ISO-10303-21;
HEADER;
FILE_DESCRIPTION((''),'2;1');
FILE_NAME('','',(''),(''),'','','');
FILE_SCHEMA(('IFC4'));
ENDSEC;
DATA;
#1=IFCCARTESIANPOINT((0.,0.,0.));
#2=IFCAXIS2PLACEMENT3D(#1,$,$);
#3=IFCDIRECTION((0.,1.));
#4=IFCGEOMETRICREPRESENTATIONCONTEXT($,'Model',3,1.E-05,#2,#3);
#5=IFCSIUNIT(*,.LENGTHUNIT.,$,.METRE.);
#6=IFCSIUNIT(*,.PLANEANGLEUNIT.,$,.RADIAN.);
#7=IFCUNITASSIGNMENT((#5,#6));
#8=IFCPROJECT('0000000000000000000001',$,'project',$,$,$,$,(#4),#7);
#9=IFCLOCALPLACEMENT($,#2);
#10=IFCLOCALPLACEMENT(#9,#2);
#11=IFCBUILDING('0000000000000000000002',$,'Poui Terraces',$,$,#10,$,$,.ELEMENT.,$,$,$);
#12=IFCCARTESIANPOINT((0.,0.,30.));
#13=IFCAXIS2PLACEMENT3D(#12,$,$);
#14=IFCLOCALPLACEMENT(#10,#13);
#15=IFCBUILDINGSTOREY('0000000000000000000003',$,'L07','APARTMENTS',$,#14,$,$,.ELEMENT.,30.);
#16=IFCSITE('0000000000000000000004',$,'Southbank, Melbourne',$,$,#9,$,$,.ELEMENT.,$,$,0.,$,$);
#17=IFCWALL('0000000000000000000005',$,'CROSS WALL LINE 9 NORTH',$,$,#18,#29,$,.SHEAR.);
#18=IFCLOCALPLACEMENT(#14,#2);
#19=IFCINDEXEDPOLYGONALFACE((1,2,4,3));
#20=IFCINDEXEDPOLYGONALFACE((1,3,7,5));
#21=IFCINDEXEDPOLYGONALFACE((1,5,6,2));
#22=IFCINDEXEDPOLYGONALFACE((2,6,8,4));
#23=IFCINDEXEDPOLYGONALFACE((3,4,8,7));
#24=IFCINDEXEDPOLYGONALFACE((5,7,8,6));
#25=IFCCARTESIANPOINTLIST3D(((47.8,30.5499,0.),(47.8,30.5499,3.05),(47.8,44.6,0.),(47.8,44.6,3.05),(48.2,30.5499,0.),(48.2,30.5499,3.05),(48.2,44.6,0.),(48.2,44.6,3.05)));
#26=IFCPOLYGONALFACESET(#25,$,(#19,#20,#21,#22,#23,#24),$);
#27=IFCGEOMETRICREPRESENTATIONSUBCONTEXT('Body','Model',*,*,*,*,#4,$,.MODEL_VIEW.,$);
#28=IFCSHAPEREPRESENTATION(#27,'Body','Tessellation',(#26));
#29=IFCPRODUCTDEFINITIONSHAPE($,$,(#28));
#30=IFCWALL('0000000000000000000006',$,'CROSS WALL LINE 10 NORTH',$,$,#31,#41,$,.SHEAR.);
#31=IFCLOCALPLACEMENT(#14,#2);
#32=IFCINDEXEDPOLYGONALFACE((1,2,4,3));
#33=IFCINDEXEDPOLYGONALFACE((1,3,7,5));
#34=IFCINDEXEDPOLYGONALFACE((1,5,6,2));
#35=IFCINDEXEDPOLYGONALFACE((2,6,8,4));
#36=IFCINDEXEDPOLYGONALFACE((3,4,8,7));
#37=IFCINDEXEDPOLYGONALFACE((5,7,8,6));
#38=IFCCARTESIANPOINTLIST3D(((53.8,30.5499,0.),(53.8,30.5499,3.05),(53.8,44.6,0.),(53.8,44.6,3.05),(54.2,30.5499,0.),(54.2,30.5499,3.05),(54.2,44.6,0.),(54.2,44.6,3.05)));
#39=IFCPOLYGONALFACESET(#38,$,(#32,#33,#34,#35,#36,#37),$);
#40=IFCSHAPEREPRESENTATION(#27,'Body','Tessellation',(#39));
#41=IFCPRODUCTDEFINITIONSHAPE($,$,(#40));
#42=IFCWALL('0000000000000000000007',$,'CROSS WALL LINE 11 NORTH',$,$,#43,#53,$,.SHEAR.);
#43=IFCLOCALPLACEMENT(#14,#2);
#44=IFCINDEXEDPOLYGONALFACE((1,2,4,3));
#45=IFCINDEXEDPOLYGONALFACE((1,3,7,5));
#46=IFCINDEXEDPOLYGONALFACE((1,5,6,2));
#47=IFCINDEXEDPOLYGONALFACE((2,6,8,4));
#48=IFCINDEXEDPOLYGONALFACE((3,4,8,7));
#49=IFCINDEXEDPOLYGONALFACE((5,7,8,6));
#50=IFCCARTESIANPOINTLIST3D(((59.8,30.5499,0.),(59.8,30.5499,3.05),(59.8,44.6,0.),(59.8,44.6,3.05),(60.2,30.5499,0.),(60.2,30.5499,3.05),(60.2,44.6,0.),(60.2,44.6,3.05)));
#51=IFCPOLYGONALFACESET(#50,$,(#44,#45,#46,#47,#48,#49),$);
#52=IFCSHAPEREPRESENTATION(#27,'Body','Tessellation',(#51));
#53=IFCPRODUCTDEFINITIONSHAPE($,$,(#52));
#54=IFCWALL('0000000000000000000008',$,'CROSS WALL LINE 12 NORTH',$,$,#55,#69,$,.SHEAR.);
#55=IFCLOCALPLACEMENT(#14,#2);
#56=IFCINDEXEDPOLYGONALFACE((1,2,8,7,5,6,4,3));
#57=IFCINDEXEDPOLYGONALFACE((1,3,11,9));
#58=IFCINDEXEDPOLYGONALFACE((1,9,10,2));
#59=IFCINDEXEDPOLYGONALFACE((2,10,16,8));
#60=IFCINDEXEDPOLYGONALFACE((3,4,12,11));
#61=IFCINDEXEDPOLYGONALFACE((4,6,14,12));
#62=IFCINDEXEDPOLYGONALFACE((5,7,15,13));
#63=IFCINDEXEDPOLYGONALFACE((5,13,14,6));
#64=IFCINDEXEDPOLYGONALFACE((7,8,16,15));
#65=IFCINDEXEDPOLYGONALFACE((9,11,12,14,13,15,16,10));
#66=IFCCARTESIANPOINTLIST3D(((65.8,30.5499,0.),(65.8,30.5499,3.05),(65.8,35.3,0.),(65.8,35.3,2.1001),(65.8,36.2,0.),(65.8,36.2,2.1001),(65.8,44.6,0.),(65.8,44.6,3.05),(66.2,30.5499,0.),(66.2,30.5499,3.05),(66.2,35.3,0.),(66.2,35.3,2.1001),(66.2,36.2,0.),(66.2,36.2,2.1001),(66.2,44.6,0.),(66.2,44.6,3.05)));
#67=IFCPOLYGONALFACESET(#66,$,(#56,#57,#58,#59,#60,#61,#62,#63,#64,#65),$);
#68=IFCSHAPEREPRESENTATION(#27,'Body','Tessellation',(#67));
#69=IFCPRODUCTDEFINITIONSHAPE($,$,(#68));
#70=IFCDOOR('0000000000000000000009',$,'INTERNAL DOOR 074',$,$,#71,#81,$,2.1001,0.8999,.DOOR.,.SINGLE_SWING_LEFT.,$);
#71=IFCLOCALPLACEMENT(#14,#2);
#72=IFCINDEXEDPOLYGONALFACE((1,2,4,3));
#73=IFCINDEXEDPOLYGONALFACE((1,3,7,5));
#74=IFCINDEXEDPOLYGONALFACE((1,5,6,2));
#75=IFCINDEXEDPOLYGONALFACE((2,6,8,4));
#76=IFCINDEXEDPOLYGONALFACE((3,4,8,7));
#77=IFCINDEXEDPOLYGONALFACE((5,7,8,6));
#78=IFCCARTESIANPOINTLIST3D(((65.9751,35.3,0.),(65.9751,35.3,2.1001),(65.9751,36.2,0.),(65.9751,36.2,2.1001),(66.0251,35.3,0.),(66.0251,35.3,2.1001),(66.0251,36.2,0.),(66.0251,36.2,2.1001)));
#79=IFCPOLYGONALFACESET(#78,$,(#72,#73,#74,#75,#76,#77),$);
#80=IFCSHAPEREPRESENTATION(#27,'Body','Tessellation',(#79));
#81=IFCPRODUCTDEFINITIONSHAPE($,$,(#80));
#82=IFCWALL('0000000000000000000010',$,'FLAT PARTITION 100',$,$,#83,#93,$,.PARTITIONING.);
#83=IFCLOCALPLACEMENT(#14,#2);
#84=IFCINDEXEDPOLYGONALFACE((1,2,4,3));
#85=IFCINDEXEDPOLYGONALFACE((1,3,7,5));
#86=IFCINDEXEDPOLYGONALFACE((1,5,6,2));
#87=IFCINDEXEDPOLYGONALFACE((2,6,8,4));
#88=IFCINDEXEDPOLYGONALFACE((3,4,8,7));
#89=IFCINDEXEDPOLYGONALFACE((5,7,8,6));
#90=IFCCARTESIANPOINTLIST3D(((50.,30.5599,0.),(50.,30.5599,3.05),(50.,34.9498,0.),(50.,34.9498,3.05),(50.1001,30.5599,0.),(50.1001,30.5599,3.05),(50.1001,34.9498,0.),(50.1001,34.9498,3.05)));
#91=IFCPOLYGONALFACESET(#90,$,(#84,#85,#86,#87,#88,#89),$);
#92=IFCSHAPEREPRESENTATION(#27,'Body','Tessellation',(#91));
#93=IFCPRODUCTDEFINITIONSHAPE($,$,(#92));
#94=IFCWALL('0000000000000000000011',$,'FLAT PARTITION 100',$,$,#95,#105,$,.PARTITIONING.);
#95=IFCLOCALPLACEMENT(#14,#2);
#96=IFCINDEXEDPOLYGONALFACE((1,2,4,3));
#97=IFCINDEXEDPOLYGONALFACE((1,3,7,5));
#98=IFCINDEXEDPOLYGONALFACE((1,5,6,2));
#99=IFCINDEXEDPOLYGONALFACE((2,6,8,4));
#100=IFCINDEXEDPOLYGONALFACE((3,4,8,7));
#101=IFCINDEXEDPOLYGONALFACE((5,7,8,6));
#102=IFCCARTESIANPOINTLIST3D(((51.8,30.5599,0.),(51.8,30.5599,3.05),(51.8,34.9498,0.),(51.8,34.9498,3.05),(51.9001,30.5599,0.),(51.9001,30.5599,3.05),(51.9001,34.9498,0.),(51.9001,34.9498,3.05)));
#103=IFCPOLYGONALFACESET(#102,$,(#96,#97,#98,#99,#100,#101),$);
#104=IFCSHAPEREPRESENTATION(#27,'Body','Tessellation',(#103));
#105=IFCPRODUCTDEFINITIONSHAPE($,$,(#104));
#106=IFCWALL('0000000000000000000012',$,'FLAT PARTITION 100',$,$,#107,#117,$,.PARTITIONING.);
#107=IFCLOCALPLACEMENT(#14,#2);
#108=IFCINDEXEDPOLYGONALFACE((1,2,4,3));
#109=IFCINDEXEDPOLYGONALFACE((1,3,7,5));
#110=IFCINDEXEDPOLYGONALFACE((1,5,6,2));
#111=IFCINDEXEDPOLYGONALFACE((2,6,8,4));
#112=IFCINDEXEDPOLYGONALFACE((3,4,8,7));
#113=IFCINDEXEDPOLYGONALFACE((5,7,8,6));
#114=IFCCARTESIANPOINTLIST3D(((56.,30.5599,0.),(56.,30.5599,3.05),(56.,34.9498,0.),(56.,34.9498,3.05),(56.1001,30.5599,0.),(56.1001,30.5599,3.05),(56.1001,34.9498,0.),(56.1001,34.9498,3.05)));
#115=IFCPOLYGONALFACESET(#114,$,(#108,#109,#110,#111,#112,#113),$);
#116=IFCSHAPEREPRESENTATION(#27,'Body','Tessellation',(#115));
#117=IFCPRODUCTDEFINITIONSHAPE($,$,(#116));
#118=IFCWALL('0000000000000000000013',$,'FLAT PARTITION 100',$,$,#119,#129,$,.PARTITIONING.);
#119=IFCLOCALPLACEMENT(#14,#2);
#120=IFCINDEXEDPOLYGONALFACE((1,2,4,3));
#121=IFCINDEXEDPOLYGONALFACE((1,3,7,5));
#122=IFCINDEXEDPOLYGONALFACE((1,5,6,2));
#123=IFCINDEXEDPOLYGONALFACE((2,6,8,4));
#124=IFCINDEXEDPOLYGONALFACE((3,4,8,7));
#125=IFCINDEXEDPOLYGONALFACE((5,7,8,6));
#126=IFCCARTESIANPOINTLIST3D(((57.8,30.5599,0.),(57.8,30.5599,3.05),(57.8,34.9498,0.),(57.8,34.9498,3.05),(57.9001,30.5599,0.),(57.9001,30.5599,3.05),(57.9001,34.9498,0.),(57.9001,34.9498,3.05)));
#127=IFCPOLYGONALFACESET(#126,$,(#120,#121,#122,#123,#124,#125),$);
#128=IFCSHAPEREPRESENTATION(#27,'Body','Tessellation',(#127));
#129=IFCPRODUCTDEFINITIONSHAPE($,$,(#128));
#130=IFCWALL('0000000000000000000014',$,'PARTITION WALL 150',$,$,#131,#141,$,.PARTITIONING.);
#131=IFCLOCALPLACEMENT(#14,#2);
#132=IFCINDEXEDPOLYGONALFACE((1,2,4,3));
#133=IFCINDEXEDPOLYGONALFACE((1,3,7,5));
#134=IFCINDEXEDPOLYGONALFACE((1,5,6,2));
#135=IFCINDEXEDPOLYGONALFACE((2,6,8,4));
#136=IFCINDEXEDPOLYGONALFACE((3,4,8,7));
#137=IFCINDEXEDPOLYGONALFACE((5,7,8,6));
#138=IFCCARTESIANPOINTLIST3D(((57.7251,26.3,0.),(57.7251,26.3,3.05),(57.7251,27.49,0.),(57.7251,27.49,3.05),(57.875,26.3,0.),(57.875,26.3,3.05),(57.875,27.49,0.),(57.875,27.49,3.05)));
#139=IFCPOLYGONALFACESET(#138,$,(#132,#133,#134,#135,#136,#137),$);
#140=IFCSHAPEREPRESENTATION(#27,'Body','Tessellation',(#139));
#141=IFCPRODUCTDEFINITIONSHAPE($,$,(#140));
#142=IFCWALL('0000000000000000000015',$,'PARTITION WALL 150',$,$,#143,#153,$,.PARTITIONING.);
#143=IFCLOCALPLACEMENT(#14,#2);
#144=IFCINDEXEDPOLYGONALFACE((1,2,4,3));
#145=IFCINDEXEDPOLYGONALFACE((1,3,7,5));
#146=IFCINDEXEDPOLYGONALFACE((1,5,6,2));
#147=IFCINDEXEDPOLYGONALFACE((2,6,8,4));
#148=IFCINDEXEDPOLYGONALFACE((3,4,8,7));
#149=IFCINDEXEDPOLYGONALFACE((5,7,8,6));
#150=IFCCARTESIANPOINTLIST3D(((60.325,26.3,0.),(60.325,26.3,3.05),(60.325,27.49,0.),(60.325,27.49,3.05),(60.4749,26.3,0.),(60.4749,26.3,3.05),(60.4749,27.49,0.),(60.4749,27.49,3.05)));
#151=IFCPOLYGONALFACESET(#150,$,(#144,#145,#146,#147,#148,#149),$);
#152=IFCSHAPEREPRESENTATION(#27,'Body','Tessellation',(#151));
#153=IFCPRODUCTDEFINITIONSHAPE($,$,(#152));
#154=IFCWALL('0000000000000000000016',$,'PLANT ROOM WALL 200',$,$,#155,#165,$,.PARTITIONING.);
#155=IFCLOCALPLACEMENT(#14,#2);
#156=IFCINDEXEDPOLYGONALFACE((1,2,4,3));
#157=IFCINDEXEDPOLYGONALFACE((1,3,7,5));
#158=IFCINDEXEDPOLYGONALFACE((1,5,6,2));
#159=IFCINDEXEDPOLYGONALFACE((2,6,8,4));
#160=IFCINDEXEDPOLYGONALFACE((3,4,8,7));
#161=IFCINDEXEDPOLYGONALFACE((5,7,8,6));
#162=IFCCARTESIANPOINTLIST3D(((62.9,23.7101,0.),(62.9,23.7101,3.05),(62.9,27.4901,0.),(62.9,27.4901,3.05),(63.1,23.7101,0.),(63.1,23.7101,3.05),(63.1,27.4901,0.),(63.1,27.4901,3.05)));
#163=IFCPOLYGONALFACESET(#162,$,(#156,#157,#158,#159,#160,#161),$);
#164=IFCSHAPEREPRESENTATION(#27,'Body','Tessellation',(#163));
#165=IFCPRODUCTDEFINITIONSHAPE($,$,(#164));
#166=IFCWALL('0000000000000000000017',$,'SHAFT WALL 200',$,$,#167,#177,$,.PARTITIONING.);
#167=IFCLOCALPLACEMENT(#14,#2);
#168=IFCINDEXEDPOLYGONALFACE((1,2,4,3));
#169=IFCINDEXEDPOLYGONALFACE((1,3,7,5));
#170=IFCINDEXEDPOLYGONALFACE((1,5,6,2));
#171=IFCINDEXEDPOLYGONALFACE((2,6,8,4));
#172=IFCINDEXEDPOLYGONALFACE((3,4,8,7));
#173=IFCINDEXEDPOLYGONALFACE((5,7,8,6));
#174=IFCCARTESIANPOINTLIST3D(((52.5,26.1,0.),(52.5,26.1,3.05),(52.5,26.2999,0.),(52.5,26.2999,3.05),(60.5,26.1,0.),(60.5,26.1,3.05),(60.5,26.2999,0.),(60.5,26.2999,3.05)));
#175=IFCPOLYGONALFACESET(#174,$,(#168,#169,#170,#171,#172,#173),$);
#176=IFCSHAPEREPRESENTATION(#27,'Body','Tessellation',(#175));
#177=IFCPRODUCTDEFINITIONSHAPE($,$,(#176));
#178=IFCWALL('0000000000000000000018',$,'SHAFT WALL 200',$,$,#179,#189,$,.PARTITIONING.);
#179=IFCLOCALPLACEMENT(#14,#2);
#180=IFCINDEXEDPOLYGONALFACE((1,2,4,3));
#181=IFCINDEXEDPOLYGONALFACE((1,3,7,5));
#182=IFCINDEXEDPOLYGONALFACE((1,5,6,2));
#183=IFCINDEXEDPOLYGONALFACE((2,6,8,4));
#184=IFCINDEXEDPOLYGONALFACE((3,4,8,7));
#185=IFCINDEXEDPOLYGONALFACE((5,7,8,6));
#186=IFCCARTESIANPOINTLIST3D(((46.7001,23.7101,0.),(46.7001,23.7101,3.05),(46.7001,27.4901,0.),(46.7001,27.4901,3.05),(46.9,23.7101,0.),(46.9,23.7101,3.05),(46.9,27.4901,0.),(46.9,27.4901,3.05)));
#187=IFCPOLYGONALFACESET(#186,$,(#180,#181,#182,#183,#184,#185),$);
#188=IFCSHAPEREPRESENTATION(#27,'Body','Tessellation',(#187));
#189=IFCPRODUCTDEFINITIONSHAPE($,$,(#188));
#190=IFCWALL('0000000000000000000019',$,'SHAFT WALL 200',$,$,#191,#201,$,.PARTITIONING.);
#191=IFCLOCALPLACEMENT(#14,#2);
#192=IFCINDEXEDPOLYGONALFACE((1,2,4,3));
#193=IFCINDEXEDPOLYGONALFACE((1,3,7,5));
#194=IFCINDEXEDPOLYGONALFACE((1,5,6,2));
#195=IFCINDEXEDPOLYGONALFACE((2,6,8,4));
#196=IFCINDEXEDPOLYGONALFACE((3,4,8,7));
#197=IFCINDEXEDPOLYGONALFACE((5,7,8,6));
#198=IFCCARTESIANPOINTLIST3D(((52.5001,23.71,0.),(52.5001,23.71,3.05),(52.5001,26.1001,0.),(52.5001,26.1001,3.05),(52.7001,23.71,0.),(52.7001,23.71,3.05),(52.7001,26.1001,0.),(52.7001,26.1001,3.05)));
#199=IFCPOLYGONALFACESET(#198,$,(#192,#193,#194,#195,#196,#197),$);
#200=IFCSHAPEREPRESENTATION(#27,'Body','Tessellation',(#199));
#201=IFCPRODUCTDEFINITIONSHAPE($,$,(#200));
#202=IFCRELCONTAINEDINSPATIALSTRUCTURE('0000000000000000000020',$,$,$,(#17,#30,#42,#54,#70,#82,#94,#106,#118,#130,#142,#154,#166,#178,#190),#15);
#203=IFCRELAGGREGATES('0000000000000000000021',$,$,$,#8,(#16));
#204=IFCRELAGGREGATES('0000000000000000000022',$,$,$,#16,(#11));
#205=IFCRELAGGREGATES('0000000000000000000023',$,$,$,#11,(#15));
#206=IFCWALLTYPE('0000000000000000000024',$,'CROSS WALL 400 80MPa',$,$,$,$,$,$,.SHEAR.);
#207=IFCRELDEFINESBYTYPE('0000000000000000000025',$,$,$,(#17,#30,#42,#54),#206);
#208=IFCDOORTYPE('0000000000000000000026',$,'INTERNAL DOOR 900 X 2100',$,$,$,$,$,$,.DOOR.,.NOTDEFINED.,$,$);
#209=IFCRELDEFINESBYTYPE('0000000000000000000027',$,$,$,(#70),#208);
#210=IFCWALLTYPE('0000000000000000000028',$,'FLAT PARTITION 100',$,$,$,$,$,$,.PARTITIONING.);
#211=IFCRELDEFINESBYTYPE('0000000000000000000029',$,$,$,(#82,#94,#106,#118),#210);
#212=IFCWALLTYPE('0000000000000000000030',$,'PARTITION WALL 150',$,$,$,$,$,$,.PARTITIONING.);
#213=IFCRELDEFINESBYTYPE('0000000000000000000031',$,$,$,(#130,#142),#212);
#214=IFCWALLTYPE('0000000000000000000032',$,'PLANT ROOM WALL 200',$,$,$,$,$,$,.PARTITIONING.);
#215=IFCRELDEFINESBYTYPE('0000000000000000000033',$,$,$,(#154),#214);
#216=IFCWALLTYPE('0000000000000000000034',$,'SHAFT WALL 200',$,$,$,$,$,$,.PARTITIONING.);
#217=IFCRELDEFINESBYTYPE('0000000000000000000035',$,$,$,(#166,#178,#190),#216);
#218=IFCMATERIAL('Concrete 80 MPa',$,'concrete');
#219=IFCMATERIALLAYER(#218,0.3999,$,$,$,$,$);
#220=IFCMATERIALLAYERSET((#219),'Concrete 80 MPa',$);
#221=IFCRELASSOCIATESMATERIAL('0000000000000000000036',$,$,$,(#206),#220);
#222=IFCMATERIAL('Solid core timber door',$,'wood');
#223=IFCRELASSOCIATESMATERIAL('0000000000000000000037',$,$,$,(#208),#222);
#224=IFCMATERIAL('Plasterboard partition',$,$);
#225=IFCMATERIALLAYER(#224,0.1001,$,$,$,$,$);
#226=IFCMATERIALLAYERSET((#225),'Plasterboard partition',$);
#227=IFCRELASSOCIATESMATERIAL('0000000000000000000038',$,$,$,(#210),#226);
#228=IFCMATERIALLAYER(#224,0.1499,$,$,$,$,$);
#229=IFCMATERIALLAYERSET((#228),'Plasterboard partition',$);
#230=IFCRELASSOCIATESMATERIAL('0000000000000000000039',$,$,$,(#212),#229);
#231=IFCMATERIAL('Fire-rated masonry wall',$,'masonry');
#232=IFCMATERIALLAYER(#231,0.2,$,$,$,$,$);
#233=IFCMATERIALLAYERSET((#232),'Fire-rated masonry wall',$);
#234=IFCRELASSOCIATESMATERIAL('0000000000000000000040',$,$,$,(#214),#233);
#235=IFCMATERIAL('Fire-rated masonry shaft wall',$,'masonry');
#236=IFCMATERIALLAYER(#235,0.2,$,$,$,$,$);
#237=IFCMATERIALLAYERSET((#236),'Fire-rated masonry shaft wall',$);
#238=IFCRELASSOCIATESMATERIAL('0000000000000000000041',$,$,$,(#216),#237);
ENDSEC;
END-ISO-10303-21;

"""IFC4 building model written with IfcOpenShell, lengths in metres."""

from ifc_helpers import new_model, si_unit, direction, frame, frame_2d, origin, place, context, subcontext, project, spatial, rectangle, extrude, material, layer, layer_set, type_object, element, fill, save


model = new_model("IFC4")

# Units and contexts
model_context = context("Model", 3, precision=1e-05, world=origin(), true_north=direction((0.0, 1.0)))
body_context = subcontext(model_context, "Body", "Model", "MODEL_VIEW")
ifc_project = project(units=[si_unit("LENGTHUNIT", "METRE"), si_unit("PLANEANGLEUNIT", "RADIAN")], contexts=[model_context])

# Site, building, storey
site_placement = place(None, origin())
site = spatial("IfcSite", under=ifc_project, at=site_placement, Name="Southbank, Melbourne", CompositionType="ELEMENT", RefElevation=0.0)
building_placement = place(site_placement, origin())
building = spatial("IfcBuilding", under=site, at=building_placement, Name="Poui Terraces", CompositionType="ELEMENT")
storey_placement = place(building_placement, frame((0.0, 0.0, 30.0)))
storey = spatial("IfcBuildingStorey", under=building, at=storey_placement, Name="L07", Description="APARTMENTS", CompositionType="ELEMENT", Elevation=30.0)

# Shared definitions
ifc_material_1 = material(Name="Concrete 80 MPa", Category="concrete")

# Walls
ifc_layer_1 = layer(ifc_material_1, 0.3999)
ifc_layer_set_1 = layer_set([ifc_layer_1], Name="Concrete 80 MPa")
wall_type_1 = type_object("IfcWallType", Name="CROSS WALL 400 80MPa", PredefinedType="SHEAR", material=ifc_layer_set_1)
for number, where, z_axis, x_axis, name in (
    (1, (48.0, 30.55, 0.0), (0.0, 0.0, 1.0), (0.0, 1.0, 0.0), "CROSS WALL LINE 9 NORTH"),
    (2, (54.0, 30.55, 0.0), (0.0, 0.0, 1.0), (0.0, 1.0, 0.0), "CROSS WALL LINE 10 NORTH"),
    (3, (60.0, 30.55, 0.0), (0.0, 0.0, 1.0), (0.0, 1.0, 0.0), "CROSS WALL LINE 11 NORTH"),
):
    element("IfcWall", number, at=place(storey_placement, frame(where, z_axis=z_axis, x_axis=x_axis)), inside=storey, type_object=wall_type_1, Name=name, PredefinedType="SHEAR", context=body_context, shape_type="SweptSolid", body=[
        extrude(rectangle(XDim=14.05, YDim=0.3999, at=frame_2d((7.0249, 0.0))), origin(), (0.0, 0.0, 1.0), 3.05),
    ])

# Wall, opening, door
wall_1_placement = place(storey_placement, frame((66.0, 30.55, 0.0), z_axis=(0.0, 0.0, 1.0), x_axis=(0.0, 1.0, 0.0)))
wall_1 = element("IfcWall", 4, at=wall_1_placement, inside=storey, type_object=wall_type_1, Name="CROSS WALL LINE 12 NORTH", PredefinedType="SHEAR", context=body_context, shape_type="SweptSolid", body=[
    extrude(rectangle(XDim=14.05, YDim=0.3999, at=frame_2d((7.0249, 0.0))), origin(), (0.0, 0.0, 1.0), 3.05),
])
opening_1_placement = place(wall_1_placement, frame((4.75, 0.0, 0.0)))
opening_1 = element("IfcOpeningElement", 5, at=opening_1_placement, cuts=wall_1, PredefinedType="OPENING", context=body_context, shape_type="SweptSolid", body=[
    extrude(rectangle(XDim=0.8999, YDim=2.1001, at=frame_2d((0.45, 1.05))), frame((0.0, 0.21, 0.0), z_axis=(0.0, -1.0, 0.0), x_axis=(1.0, 0.0, 0.0)), (0.0, 0.0, 1.0), 0.4199),
])
ifc_material_2 = material(Name="Solid core timber door", Category="wood")
door_type_1 = type_object("IfcDoorType", Name="INTERNAL DOOR 900 X 2100", OperationType="NOTDEFINED", PredefinedType="DOOR", material=ifc_material_2)
door_1_placement = place(opening_1_placement, origin())
door_1 = element("IfcDoor", 6, at=door_1_placement, inside=storey, type_object=door_type_1, Name="INTERNAL DOOR 074", OperationType="SINGLE_SWING_LEFT", OverallHeight=2.1001, OverallWidth=0.8999, PredefinedType="DOOR", context=body_context, shape_type="SweptSolid", body=[
    extrude(rectangle(XDim=0.8999, YDim=2.1001, at=frame_2d((0.45, 1.05))), frame((0.0, 0.0249, 0.0), z_axis=(0.0, -1.0, 0.0), x_axis=(1.0, 0.0, 0.0)), (0.0, 0.0, 1.0), 0.05),
])
fill(opening_1, door_1)

# Walls
ifc_material_3 = material(Name="Plasterboard partition")
ifc_layer_2 = layer(ifc_material_3, 0.1001)
ifc_layer_set_2 = layer_set([ifc_layer_2], Name="Plasterboard partition")
wall_type_2 = type_object("IfcWallType", Name="FLAT PARTITION 100", PredefinedType="PARTITIONING", material=ifc_layer_set_2)
for number, where, z_axis, x_axis, name in (
    (7, (50.05, 30.5601, 0.0), (0.0, 0.0, 1.0), (0.0, 1.0, 0.0), "FLAT PARTITION 100"),
    (8, (51.8501, 30.5601, 0.0), (0.0, 0.0, 1.0), (0.0, 1.0, 0.0), "FLAT PARTITION 100"),
    (9, (56.05, 30.5601, 0.0), (0.0, 0.0, 1.0), (0.0, 1.0, 0.0), "FLAT PARTITION 100"),
    (10, (57.8501, 30.5601, 0.0), (0.0, 0.0, 1.0), (0.0, 1.0, 0.0), "FLAT PARTITION 100"),
):
    element("IfcWall", number, at=place(storey_placement, frame(where, z_axis=z_axis, x_axis=x_axis)), inside=storey, type_object=wall_type_2, Name=name, PredefinedType="PARTITIONING", context=body_context, shape_type="SweptSolid", body=[
        extrude(rectangle(XDim=4.3899, YDim=0.1001, at=frame_2d((2.1948, 0.0))), origin(), (0.0, 0.0, 1.0), 3.05),
    ])
ifc_layer_3 = layer(ifc_material_3, 0.1499)
ifc_layer_set_3 = layer_set([ifc_layer_3], Name="Plasterboard partition")
wall_type_3 = type_object("IfcWallType", Name="PARTITION WALL 150", PredefinedType="PARTITIONING", material=ifc_layer_set_3)
for number, where, z_axis, x_axis, name in (
    (11, (57.8, 26.3, 0.0), (0.0, 0.0, 1.0), (0.0, 1.0, 0.0), "PARTITION WALL 150"),
    (12, (60.3999, 26.3, 0.0), (0.0, 0.0, 1.0), (0.0, 1.0, 0.0), "PARTITION WALL 150"),
):
    element("IfcWall", number, at=place(storey_placement, frame(where, z_axis=z_axis, x_axis=x_axis)), inside=storey, type_object=wall_type_3, Name=name, PredefinedType="PARTITIONING", context=body_context, shape_type="SweptSolid", body=[
        extrude(rectangle(XDim=1.1899, YDim=0.1499, at=frame_2d((0.595, 0.0))), origin(), (0.0, 0.0, 1.0), 3.05),
    ])
ifc_material_4 = material(Name="Fire-rated masonry wall", Category="masonry")
ifc_layer_4 = layer(ifc_material_4, 0.2)
ifc_layer_set_4 = layer_set([ifc_layer_4], Name="Fire-rated masonry wall")
wall_type_4 = type_object("IfcWallType", Name="PLANT ROOM WALL 200", PredefinedType="PARTITIONING", material=ifc_layer_set_4)
wall_2_placement = place(storey_placement, frame((63.0, 23.71, 0.0), z_axis=(0.0, 0.0, 1.0), x_axis=(0.0, 1.0, 0.0)))
element("IfcWall", 13, at=wall_2_placement, inside=storey, type_object=wall_type_4, Name="PLANT ROOM WALL 200", PredefinedType="PARTITIONING", context=body_context, shape_type="SweptSolid", body=[
    extrude(rectangle(XDim=3.78, YDim=0.2, at=frame_2d((1.8901, 0.0))), origin(), (0.0, 0.0, 1.0), 3.05),
])
ifc_material_5 = material(Name="Fire-rated masonry shaft wall", Category="masonry")
ifc_layer_5 = layer(ifc_material_5, 0.2)
ifc_layer_set_5 = layer_set([ifc_layer_5], Name="Fire-rated masonry shaft wall")
wall_type_5 = type_object("IfcWallType", Name="SHAFT WALL 200", PredefinedType="PARTITIONING", material=ifc_layer_set_5)
wall_3_placement = place(storey_placement, frame((52.5, 26.2, 0.0), z_axis=(0.0, 0.0, 1.0), x_axis=(1.0, 0.0, 0.0)))
element("IfcWall", 14, at=wall_3_placement, inside=storey, type_object=wall_type_5, Name="SHAFT WALL 200", PredefinedType="PARTITIONING", context=body_context, shape_type="SweptSolid", body=[
    extrude(rectangle(XDim=8.0, YDim=0.2, at=frame_2d((4.0, 0.0))), origin(), (0.0, 0.0, 1.0), 3.05),
])
wall_4_placement = place(storey_placement, frame((46.8, 23.71, 0.0), z_axis=(0.0, 0.0, 1.0), x_axis=(0.0, 1.0, 0.0)))
element("IfcWall", 15, at=wall_4_placement, inside=storey, type_object=wall_type_5, Name="SHAFT WALL 200", PredefinedType="PARTITIONING", context=body_context, shape_type="SweptSolid", body=[
    extrude(rectangle(XDim=3.78, YDim=0.2, at=frame_2d((1.8901, 0.0))), origin(), (0.0, 0.0, 1.0), 3.05),
])
for number, where, z_axis, x_axis, name in (
    (16, (52.6001, 23.71, 0.0), (0.0, 0.0, 1.0), (0.0, 1.0, 0.0), "SHAFT WALL 200"),
):
    element("IfcWall", number, at=place(storey_placement, frame(where, z_axis=z_axis, x_axis=x_axis)), inside=storey, type_object=wall_type_5, Name=name, PredefinedType="PARTITIONING", context=body_context, shape_type="SweptSolid", body=[
        extrude(rectangle(XDim=2.3901, YDim=0.2, at=frame_2d((1.1951, 0.0))), origin(), (0.0, 0.0, 1.0), 3.05),
    ])

save(model, "model.ifc")
